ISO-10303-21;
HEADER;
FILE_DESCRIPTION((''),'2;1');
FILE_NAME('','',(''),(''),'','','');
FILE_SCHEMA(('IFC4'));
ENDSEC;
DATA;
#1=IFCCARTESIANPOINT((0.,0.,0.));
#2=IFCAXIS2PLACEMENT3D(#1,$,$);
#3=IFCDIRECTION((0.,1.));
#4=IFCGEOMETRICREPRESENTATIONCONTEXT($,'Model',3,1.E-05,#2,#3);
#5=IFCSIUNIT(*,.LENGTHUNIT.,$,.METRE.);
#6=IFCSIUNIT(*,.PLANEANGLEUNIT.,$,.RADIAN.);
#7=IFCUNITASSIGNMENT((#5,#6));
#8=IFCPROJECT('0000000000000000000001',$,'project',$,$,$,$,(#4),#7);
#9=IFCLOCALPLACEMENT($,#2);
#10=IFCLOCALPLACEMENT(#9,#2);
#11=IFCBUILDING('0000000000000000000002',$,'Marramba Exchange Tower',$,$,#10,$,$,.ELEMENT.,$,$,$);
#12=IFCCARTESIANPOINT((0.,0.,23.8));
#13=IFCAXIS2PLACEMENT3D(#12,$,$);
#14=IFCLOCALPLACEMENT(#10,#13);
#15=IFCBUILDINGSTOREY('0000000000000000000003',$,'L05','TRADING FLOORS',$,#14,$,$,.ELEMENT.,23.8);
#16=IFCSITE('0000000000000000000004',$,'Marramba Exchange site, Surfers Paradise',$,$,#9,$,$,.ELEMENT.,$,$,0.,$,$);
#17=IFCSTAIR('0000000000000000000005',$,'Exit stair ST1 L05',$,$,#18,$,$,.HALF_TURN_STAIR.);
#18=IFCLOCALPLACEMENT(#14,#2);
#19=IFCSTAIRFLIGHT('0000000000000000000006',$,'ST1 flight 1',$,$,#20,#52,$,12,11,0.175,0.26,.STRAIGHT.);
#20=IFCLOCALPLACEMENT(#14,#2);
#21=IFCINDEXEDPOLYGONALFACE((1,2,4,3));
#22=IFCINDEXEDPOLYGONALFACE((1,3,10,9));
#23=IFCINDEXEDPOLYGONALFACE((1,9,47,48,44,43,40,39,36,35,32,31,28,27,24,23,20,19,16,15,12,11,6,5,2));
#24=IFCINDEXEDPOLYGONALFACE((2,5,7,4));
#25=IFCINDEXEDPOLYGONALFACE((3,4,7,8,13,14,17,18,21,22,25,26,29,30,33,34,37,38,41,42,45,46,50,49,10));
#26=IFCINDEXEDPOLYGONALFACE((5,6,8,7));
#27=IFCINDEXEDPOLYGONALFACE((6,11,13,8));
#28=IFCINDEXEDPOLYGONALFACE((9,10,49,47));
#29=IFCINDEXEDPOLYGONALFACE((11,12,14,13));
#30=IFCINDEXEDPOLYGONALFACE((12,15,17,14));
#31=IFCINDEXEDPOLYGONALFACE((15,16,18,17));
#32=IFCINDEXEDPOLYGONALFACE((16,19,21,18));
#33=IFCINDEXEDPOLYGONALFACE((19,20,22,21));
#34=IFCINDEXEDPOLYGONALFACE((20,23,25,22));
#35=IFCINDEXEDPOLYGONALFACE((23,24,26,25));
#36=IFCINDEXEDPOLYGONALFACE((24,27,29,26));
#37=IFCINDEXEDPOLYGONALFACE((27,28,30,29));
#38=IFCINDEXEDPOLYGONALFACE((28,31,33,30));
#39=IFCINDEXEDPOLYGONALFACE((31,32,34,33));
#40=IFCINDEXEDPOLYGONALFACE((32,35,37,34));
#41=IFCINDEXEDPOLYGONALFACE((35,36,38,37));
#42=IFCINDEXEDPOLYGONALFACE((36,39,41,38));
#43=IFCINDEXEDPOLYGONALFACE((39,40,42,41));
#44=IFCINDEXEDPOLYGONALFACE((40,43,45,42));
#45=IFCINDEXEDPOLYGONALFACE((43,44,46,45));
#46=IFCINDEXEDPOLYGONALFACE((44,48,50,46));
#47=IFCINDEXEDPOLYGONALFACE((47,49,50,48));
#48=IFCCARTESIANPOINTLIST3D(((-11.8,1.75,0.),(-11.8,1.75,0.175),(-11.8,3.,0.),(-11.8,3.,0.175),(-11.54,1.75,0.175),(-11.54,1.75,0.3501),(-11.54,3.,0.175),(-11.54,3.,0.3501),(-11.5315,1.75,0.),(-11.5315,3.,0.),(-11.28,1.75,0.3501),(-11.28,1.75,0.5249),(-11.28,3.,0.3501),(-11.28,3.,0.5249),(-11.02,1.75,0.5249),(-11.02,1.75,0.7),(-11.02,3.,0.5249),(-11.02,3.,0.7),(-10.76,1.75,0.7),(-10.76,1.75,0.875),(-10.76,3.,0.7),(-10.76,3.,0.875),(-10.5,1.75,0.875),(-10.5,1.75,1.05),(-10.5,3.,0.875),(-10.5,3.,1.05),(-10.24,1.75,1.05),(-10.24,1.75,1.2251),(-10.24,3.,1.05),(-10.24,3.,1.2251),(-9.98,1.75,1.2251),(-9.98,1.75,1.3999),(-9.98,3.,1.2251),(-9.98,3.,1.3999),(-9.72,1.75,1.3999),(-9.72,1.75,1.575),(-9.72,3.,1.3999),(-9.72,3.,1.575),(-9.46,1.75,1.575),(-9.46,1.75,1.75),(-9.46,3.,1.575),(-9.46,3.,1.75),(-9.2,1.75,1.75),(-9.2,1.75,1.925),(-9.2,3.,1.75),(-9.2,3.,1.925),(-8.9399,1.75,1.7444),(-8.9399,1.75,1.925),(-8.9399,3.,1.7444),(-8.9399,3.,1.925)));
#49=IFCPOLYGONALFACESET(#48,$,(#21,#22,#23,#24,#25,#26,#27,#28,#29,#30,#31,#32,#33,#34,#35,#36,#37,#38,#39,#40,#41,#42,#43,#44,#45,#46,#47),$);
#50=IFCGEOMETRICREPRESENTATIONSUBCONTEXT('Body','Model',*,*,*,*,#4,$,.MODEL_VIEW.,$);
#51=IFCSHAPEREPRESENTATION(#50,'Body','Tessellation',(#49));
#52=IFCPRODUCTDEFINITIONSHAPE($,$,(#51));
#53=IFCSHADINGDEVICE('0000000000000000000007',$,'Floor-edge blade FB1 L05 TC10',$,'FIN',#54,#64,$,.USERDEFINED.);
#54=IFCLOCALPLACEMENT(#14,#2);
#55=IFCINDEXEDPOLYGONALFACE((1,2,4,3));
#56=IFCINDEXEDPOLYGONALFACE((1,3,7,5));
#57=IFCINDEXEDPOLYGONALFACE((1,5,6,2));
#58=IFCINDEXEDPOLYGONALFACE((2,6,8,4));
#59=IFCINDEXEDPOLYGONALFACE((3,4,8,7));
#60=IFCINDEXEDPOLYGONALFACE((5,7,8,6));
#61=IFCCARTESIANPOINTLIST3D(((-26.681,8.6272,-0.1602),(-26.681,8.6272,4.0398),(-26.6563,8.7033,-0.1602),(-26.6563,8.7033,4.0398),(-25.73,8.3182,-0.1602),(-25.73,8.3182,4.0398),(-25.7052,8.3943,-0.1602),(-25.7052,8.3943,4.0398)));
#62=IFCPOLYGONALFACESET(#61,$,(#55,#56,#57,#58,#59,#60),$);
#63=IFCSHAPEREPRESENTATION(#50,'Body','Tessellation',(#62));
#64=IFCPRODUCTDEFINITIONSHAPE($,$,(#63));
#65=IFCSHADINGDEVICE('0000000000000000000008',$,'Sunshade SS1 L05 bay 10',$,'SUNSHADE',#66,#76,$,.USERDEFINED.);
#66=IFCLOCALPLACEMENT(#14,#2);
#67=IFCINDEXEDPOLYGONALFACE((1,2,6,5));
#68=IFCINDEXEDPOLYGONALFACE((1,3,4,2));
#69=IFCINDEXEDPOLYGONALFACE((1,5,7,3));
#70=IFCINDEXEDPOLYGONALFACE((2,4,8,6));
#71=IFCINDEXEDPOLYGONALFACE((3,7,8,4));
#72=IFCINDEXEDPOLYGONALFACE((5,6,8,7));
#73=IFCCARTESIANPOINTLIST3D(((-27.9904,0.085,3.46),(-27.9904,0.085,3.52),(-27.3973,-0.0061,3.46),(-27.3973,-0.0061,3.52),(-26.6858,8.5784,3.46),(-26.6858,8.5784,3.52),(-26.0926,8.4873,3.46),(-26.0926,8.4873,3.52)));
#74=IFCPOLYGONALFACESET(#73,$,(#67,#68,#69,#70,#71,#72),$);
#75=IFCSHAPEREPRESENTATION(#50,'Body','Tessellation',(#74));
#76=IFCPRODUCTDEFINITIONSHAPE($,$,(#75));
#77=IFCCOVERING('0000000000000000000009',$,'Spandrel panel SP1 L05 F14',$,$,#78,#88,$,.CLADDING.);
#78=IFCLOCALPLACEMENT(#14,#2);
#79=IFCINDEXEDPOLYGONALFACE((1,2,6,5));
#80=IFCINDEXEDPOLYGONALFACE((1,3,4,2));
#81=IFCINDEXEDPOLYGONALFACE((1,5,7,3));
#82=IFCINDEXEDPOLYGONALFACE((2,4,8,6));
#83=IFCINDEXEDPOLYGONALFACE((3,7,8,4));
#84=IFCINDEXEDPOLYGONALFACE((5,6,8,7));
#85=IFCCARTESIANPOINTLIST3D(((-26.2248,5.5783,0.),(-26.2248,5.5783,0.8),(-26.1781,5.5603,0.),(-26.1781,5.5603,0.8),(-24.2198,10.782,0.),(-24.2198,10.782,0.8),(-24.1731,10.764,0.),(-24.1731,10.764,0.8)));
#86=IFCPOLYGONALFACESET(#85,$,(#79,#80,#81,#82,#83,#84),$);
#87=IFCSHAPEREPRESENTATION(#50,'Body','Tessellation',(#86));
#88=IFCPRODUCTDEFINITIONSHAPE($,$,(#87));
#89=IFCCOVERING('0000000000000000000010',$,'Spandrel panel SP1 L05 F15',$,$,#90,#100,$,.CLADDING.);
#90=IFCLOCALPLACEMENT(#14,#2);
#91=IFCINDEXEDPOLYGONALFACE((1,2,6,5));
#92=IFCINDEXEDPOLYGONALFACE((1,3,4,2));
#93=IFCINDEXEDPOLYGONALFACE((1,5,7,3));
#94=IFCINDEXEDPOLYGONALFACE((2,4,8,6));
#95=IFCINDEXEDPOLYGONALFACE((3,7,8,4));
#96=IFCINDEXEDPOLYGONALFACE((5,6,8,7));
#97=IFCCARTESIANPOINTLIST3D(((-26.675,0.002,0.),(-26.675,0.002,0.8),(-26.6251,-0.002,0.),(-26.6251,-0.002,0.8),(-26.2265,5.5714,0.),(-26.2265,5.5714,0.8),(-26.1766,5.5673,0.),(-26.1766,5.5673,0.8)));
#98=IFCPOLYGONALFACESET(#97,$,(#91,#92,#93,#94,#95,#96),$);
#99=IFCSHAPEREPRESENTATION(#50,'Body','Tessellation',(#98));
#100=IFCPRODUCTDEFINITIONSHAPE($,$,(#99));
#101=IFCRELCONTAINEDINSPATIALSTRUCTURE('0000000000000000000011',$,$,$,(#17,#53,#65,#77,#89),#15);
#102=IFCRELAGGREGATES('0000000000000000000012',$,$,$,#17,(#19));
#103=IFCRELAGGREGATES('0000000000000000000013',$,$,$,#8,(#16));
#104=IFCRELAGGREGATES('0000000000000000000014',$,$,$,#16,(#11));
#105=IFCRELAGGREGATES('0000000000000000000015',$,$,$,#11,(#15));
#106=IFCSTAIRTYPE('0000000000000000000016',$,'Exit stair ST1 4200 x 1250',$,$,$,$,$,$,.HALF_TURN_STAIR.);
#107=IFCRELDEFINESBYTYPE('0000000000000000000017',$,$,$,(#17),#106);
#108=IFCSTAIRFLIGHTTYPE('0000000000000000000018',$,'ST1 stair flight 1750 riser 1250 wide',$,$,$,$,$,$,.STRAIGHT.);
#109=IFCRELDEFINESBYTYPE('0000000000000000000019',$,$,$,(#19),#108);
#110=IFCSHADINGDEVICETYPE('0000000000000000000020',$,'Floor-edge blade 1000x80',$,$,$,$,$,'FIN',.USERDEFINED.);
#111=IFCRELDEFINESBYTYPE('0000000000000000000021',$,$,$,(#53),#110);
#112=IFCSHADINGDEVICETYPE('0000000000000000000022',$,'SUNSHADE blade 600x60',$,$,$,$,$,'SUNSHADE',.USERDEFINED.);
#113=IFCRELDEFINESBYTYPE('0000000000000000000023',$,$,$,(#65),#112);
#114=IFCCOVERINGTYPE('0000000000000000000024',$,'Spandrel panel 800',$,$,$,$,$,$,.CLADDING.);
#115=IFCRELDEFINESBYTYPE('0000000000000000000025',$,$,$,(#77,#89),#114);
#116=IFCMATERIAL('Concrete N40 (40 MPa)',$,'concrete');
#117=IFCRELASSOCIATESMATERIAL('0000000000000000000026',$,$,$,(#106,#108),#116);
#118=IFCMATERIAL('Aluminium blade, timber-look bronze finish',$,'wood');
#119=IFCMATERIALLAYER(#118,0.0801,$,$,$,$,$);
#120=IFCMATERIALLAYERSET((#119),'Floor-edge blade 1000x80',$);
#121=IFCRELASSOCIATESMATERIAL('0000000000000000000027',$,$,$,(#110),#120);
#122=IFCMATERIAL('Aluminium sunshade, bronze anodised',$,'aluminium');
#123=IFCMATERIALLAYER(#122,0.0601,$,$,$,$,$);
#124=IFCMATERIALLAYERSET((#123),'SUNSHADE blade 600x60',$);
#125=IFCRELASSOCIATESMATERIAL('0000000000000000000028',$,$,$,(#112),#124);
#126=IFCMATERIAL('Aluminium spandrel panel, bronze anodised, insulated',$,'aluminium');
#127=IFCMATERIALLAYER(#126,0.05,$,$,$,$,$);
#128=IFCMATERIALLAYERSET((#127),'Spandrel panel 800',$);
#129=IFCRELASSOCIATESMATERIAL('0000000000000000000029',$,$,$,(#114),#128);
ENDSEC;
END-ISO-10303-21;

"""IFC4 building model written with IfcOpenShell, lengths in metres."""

from ifc_helpers import new_model, si_unit, direction, frame, origin, origin_2d, place, context, subcontext, project, spatial, polyline, rectangle, outline, extrude, material, layer, layer_set, type_object, element, aggregate, save


model = new_model("IFC4")

# Units and contexts
model_context = context("Model", 3, precision=1e-05, world=origin(), true_north=direction((0.0, 1.0)))
body_context = subcontext(model_context, "Body", "Model", "MODEL_VIEW")
ifc_project = project(units=[si_unit("LENGTHUNIT", "METRE"), si_unit("PLANEANGLEUNIT", "RADIAN")], contexts=[model_context])

# Site, building, storey
site_placement = place(None, origin())
site = spatial("IfcSite", under=ifc_project, at=site_placement, Name="Marramba Exchange site, Surfers Paradise", CompositionType="ELEMENT", RefElevation=0.0)
building_placement = place(site_placement, origin())
building = spatial("IfcBuilding", under=site, at=building_placement, Name="Marramba Exchange Tower", CompositionType="ELEMENT")
storey_placement = place(building_placement, frame((0.0, 0.0, 23.8)))
storey = spatial("IfcBuildingStorey", under=building, at=storey_placement, Name="L05", Description="TRADING FLOORS", CompositionType="ELEMENT", Elevation=23.8)

# Stair, stair flight
ifc_material_1 = material(Name="Concrete N40 (40 MPa)", Category="concrete")
stair_type = type_object("IfcStairType", Name="Exit stair ST1 4200 x 1250", PredefinedType="HALF_TURN_STAIR", material=ifc_material_1)
stair_placement = place(storey_placement, origin())
stair = element("IfcStair", 1, at=stair_placement, inside=storey, type_object=stair_type, Name="Exit stair ST1 L05", PredefinedType="HALF_TURN_STAIR")
stair_flight_type = type_object("IfcStairFlightType", Name="ST1 stair flight 1750 riser 1250 wide", PredefinedType="STRAIGHT", material=ifc_material_1)
stair_flight_placement = place(storey_placement, frame((-11.8, 2.375, 0.0), z_axis=(0.0, 0.0, 1.0), x_axis=(1.0, 0.0, 0.0)))
stair_flight = element("IfcStairFlight", 2, at=stair_flight_placement, type_object=stair_flight_type, Name="ST1 flight 1", NumberOfRisers=12, NumberOfTreads=11, PredefinedType="STRAIGHT", RiserHeight=0.175, TreadLength=0.26, context=body_context, shape_type="SweptSolid", body=[
    extrude(outline(polyline([(0.0, 0.0), (0.0, 0.175), (0.26, 0.175), (0.26, 0.3501), (0.52, 0.3501), (0.52, 0.5249), (0.78, 0.5249), (0.78, 0.7), (1.04, 0.7), (1.04, 0.875), (1.3, 0.875), (1.3, 1.05), (1.5601, 1.05), (1.5601, 1.2251), (1.8201, 1.2251), (1.8201, 1.3999), (2.0801, 1.3999), (2.0801, 1.575), (2.3401, 1.575), (2.3401, 1.75), (2.6001, 1.75), (2.6001, 1.925), (2.8601, 1.925), (2.8601, 2.1001), (2.8601, 1.7444), (0.2686, 0.0), (0.0, 0.0)])), frame((0.0, 0.625, 0.0), z_axis=(0.0, -1.0, 0.0), x_axis=(1.0, 0.0, 0.0)), (0.0, 0.0, 1.0), 1.25),
])
aggregate(stair, [stair_flight])

# Shading devices
ifc_material_2 = material(Name="Aluminium blade, timber-look bronze finish", Category="wood")
ifc_layer_1 = layer(ifc_material_2, 0.0801)
ifc_layer_set_1 = layer_set([ifc_layer_1], Name="Floor-edge blade 1000x80")
shading_device_type_1 = type_object("IfcShadingDeviceType", Name="Floor-edge blade 1000x80", ElementType="FIN", PredefinedType="USERDEFINED", material=ifc_layer_set_1)
shading_device_1_placement = place(storey_placement, frame((-26.1931, 8.5107, -0.1602), z_axis=(0.0, 0.0, 1.0), x_axis=(-0.951057, 0.309017, 0.0)))
element("IfcShadingDevice", 3, at=shading_device_1_placement, inside=storey, type_object=shading_device_type_1, Name="Floor-edge blade FB1 L05 TC10", ObjectType="FIN", PredefinedType="USERDEFINED", context=body_context, shape_type="SweptSolid", body=[
    extrude(rectangle(XDim=1.0, YDim=0.0801, at=origin_2d()), origin(), (0.0, 0.0, 1.0), 4.2),
])
ifc_material_3 = material(Name="Aluminium sunshade, bronze anodised", Category="aluminium")
ifc_layer_2 = layer(ifc_material_3, 0.0601)
ifc_layer_set_2 = layer_set([ifc_layer_2], Name="SUNSHADE blade 600x60")
shading_device_type_2 = type_object("IfcShadingDeviceType", Name="SUNSHADE blade 600x60", ElementType="SUNSHADE", PredefinedType="USERDEFINED", material=ifc_layer_set_2)
shading_device_2_placement = place(storey_placement, frame((-27.0415, 4.2861, 3.46), z_axis=(0.0, 0.0, 1.0), x_axis=(-0.151825, -0.988407, 0.0)))
element("IfcShadingDevice", 4, at=shading_device_2_placement, inside=storey, type_object=shading_device_type_2, Name="Sunshade SS1 L05 bay 10", ObjectType="SUNSHADE", PredefinedType="USERDEFINED", context=body_context, shape_type="SweptSolid", body=[
    extrude(rectangle(XDim=8.593, YDim=0.6001, at=origin_2d()), origin(), (0.0, 0.0, 1.0), 0.0601),
])

# Coverings
ifc_material_4 = material(Name="Aluminium spandrel panel, bronze anodised, insulated", Category="aluminium")
ifc_layer_3 = layer(ifc_material_4, 0.05)
ifc_layer_set_3 = layer_set([ifc_layer_3], Name="Spandrel panel 800")
covering_type = type_object("IfcCoveringType", Name="Spandrel panel 800", PredefinedType="CLADDING", material=ifc_layer_set_3)
covering_1_placement = place(storey_placement, frame((-25.199, 8.1711, 0.0), z_axis=(0.0, 0.0, 1.0), x_axis=(-0.359526, -0.933135, 0.0)))
element("IfcCovering", 5, at=covering_1_placement, inside=storey, type_object=covering_type, Name="Spandrel panel SP1 L05 F14", PredefinedType="CLADDING", context=body_context, shape_type="SweptSolid", body=[
    extrude(rectangle(XDim=5.5767, YDim=0.05, at=origin_2d()), origin(), (0.0, 0.0, 1.0), 0.8),
])
covering_2_placement = place(storey_placement, frame((-26.4258, 2.7847, 0.0), z_axis=(0.0, 0.0, 1.0), x_axis=(-0.080275, -0.996773, 0.0)))
element("IfcCovering", 6, at=covering_2_placement, inside=storey, type_object=covering_type, Name="Spandrel panel SP1 L05 F15", PredefinedType="CLADDING", context=body_context, shape_type="SweptSolid", body=[
    extrude(rectangle(XDim=5.5874, YDim=0.05, at=origin_2d()), origin(), (0.0, 0.0, 1.0), 0.8),
])

save(model, "model.ifc")
